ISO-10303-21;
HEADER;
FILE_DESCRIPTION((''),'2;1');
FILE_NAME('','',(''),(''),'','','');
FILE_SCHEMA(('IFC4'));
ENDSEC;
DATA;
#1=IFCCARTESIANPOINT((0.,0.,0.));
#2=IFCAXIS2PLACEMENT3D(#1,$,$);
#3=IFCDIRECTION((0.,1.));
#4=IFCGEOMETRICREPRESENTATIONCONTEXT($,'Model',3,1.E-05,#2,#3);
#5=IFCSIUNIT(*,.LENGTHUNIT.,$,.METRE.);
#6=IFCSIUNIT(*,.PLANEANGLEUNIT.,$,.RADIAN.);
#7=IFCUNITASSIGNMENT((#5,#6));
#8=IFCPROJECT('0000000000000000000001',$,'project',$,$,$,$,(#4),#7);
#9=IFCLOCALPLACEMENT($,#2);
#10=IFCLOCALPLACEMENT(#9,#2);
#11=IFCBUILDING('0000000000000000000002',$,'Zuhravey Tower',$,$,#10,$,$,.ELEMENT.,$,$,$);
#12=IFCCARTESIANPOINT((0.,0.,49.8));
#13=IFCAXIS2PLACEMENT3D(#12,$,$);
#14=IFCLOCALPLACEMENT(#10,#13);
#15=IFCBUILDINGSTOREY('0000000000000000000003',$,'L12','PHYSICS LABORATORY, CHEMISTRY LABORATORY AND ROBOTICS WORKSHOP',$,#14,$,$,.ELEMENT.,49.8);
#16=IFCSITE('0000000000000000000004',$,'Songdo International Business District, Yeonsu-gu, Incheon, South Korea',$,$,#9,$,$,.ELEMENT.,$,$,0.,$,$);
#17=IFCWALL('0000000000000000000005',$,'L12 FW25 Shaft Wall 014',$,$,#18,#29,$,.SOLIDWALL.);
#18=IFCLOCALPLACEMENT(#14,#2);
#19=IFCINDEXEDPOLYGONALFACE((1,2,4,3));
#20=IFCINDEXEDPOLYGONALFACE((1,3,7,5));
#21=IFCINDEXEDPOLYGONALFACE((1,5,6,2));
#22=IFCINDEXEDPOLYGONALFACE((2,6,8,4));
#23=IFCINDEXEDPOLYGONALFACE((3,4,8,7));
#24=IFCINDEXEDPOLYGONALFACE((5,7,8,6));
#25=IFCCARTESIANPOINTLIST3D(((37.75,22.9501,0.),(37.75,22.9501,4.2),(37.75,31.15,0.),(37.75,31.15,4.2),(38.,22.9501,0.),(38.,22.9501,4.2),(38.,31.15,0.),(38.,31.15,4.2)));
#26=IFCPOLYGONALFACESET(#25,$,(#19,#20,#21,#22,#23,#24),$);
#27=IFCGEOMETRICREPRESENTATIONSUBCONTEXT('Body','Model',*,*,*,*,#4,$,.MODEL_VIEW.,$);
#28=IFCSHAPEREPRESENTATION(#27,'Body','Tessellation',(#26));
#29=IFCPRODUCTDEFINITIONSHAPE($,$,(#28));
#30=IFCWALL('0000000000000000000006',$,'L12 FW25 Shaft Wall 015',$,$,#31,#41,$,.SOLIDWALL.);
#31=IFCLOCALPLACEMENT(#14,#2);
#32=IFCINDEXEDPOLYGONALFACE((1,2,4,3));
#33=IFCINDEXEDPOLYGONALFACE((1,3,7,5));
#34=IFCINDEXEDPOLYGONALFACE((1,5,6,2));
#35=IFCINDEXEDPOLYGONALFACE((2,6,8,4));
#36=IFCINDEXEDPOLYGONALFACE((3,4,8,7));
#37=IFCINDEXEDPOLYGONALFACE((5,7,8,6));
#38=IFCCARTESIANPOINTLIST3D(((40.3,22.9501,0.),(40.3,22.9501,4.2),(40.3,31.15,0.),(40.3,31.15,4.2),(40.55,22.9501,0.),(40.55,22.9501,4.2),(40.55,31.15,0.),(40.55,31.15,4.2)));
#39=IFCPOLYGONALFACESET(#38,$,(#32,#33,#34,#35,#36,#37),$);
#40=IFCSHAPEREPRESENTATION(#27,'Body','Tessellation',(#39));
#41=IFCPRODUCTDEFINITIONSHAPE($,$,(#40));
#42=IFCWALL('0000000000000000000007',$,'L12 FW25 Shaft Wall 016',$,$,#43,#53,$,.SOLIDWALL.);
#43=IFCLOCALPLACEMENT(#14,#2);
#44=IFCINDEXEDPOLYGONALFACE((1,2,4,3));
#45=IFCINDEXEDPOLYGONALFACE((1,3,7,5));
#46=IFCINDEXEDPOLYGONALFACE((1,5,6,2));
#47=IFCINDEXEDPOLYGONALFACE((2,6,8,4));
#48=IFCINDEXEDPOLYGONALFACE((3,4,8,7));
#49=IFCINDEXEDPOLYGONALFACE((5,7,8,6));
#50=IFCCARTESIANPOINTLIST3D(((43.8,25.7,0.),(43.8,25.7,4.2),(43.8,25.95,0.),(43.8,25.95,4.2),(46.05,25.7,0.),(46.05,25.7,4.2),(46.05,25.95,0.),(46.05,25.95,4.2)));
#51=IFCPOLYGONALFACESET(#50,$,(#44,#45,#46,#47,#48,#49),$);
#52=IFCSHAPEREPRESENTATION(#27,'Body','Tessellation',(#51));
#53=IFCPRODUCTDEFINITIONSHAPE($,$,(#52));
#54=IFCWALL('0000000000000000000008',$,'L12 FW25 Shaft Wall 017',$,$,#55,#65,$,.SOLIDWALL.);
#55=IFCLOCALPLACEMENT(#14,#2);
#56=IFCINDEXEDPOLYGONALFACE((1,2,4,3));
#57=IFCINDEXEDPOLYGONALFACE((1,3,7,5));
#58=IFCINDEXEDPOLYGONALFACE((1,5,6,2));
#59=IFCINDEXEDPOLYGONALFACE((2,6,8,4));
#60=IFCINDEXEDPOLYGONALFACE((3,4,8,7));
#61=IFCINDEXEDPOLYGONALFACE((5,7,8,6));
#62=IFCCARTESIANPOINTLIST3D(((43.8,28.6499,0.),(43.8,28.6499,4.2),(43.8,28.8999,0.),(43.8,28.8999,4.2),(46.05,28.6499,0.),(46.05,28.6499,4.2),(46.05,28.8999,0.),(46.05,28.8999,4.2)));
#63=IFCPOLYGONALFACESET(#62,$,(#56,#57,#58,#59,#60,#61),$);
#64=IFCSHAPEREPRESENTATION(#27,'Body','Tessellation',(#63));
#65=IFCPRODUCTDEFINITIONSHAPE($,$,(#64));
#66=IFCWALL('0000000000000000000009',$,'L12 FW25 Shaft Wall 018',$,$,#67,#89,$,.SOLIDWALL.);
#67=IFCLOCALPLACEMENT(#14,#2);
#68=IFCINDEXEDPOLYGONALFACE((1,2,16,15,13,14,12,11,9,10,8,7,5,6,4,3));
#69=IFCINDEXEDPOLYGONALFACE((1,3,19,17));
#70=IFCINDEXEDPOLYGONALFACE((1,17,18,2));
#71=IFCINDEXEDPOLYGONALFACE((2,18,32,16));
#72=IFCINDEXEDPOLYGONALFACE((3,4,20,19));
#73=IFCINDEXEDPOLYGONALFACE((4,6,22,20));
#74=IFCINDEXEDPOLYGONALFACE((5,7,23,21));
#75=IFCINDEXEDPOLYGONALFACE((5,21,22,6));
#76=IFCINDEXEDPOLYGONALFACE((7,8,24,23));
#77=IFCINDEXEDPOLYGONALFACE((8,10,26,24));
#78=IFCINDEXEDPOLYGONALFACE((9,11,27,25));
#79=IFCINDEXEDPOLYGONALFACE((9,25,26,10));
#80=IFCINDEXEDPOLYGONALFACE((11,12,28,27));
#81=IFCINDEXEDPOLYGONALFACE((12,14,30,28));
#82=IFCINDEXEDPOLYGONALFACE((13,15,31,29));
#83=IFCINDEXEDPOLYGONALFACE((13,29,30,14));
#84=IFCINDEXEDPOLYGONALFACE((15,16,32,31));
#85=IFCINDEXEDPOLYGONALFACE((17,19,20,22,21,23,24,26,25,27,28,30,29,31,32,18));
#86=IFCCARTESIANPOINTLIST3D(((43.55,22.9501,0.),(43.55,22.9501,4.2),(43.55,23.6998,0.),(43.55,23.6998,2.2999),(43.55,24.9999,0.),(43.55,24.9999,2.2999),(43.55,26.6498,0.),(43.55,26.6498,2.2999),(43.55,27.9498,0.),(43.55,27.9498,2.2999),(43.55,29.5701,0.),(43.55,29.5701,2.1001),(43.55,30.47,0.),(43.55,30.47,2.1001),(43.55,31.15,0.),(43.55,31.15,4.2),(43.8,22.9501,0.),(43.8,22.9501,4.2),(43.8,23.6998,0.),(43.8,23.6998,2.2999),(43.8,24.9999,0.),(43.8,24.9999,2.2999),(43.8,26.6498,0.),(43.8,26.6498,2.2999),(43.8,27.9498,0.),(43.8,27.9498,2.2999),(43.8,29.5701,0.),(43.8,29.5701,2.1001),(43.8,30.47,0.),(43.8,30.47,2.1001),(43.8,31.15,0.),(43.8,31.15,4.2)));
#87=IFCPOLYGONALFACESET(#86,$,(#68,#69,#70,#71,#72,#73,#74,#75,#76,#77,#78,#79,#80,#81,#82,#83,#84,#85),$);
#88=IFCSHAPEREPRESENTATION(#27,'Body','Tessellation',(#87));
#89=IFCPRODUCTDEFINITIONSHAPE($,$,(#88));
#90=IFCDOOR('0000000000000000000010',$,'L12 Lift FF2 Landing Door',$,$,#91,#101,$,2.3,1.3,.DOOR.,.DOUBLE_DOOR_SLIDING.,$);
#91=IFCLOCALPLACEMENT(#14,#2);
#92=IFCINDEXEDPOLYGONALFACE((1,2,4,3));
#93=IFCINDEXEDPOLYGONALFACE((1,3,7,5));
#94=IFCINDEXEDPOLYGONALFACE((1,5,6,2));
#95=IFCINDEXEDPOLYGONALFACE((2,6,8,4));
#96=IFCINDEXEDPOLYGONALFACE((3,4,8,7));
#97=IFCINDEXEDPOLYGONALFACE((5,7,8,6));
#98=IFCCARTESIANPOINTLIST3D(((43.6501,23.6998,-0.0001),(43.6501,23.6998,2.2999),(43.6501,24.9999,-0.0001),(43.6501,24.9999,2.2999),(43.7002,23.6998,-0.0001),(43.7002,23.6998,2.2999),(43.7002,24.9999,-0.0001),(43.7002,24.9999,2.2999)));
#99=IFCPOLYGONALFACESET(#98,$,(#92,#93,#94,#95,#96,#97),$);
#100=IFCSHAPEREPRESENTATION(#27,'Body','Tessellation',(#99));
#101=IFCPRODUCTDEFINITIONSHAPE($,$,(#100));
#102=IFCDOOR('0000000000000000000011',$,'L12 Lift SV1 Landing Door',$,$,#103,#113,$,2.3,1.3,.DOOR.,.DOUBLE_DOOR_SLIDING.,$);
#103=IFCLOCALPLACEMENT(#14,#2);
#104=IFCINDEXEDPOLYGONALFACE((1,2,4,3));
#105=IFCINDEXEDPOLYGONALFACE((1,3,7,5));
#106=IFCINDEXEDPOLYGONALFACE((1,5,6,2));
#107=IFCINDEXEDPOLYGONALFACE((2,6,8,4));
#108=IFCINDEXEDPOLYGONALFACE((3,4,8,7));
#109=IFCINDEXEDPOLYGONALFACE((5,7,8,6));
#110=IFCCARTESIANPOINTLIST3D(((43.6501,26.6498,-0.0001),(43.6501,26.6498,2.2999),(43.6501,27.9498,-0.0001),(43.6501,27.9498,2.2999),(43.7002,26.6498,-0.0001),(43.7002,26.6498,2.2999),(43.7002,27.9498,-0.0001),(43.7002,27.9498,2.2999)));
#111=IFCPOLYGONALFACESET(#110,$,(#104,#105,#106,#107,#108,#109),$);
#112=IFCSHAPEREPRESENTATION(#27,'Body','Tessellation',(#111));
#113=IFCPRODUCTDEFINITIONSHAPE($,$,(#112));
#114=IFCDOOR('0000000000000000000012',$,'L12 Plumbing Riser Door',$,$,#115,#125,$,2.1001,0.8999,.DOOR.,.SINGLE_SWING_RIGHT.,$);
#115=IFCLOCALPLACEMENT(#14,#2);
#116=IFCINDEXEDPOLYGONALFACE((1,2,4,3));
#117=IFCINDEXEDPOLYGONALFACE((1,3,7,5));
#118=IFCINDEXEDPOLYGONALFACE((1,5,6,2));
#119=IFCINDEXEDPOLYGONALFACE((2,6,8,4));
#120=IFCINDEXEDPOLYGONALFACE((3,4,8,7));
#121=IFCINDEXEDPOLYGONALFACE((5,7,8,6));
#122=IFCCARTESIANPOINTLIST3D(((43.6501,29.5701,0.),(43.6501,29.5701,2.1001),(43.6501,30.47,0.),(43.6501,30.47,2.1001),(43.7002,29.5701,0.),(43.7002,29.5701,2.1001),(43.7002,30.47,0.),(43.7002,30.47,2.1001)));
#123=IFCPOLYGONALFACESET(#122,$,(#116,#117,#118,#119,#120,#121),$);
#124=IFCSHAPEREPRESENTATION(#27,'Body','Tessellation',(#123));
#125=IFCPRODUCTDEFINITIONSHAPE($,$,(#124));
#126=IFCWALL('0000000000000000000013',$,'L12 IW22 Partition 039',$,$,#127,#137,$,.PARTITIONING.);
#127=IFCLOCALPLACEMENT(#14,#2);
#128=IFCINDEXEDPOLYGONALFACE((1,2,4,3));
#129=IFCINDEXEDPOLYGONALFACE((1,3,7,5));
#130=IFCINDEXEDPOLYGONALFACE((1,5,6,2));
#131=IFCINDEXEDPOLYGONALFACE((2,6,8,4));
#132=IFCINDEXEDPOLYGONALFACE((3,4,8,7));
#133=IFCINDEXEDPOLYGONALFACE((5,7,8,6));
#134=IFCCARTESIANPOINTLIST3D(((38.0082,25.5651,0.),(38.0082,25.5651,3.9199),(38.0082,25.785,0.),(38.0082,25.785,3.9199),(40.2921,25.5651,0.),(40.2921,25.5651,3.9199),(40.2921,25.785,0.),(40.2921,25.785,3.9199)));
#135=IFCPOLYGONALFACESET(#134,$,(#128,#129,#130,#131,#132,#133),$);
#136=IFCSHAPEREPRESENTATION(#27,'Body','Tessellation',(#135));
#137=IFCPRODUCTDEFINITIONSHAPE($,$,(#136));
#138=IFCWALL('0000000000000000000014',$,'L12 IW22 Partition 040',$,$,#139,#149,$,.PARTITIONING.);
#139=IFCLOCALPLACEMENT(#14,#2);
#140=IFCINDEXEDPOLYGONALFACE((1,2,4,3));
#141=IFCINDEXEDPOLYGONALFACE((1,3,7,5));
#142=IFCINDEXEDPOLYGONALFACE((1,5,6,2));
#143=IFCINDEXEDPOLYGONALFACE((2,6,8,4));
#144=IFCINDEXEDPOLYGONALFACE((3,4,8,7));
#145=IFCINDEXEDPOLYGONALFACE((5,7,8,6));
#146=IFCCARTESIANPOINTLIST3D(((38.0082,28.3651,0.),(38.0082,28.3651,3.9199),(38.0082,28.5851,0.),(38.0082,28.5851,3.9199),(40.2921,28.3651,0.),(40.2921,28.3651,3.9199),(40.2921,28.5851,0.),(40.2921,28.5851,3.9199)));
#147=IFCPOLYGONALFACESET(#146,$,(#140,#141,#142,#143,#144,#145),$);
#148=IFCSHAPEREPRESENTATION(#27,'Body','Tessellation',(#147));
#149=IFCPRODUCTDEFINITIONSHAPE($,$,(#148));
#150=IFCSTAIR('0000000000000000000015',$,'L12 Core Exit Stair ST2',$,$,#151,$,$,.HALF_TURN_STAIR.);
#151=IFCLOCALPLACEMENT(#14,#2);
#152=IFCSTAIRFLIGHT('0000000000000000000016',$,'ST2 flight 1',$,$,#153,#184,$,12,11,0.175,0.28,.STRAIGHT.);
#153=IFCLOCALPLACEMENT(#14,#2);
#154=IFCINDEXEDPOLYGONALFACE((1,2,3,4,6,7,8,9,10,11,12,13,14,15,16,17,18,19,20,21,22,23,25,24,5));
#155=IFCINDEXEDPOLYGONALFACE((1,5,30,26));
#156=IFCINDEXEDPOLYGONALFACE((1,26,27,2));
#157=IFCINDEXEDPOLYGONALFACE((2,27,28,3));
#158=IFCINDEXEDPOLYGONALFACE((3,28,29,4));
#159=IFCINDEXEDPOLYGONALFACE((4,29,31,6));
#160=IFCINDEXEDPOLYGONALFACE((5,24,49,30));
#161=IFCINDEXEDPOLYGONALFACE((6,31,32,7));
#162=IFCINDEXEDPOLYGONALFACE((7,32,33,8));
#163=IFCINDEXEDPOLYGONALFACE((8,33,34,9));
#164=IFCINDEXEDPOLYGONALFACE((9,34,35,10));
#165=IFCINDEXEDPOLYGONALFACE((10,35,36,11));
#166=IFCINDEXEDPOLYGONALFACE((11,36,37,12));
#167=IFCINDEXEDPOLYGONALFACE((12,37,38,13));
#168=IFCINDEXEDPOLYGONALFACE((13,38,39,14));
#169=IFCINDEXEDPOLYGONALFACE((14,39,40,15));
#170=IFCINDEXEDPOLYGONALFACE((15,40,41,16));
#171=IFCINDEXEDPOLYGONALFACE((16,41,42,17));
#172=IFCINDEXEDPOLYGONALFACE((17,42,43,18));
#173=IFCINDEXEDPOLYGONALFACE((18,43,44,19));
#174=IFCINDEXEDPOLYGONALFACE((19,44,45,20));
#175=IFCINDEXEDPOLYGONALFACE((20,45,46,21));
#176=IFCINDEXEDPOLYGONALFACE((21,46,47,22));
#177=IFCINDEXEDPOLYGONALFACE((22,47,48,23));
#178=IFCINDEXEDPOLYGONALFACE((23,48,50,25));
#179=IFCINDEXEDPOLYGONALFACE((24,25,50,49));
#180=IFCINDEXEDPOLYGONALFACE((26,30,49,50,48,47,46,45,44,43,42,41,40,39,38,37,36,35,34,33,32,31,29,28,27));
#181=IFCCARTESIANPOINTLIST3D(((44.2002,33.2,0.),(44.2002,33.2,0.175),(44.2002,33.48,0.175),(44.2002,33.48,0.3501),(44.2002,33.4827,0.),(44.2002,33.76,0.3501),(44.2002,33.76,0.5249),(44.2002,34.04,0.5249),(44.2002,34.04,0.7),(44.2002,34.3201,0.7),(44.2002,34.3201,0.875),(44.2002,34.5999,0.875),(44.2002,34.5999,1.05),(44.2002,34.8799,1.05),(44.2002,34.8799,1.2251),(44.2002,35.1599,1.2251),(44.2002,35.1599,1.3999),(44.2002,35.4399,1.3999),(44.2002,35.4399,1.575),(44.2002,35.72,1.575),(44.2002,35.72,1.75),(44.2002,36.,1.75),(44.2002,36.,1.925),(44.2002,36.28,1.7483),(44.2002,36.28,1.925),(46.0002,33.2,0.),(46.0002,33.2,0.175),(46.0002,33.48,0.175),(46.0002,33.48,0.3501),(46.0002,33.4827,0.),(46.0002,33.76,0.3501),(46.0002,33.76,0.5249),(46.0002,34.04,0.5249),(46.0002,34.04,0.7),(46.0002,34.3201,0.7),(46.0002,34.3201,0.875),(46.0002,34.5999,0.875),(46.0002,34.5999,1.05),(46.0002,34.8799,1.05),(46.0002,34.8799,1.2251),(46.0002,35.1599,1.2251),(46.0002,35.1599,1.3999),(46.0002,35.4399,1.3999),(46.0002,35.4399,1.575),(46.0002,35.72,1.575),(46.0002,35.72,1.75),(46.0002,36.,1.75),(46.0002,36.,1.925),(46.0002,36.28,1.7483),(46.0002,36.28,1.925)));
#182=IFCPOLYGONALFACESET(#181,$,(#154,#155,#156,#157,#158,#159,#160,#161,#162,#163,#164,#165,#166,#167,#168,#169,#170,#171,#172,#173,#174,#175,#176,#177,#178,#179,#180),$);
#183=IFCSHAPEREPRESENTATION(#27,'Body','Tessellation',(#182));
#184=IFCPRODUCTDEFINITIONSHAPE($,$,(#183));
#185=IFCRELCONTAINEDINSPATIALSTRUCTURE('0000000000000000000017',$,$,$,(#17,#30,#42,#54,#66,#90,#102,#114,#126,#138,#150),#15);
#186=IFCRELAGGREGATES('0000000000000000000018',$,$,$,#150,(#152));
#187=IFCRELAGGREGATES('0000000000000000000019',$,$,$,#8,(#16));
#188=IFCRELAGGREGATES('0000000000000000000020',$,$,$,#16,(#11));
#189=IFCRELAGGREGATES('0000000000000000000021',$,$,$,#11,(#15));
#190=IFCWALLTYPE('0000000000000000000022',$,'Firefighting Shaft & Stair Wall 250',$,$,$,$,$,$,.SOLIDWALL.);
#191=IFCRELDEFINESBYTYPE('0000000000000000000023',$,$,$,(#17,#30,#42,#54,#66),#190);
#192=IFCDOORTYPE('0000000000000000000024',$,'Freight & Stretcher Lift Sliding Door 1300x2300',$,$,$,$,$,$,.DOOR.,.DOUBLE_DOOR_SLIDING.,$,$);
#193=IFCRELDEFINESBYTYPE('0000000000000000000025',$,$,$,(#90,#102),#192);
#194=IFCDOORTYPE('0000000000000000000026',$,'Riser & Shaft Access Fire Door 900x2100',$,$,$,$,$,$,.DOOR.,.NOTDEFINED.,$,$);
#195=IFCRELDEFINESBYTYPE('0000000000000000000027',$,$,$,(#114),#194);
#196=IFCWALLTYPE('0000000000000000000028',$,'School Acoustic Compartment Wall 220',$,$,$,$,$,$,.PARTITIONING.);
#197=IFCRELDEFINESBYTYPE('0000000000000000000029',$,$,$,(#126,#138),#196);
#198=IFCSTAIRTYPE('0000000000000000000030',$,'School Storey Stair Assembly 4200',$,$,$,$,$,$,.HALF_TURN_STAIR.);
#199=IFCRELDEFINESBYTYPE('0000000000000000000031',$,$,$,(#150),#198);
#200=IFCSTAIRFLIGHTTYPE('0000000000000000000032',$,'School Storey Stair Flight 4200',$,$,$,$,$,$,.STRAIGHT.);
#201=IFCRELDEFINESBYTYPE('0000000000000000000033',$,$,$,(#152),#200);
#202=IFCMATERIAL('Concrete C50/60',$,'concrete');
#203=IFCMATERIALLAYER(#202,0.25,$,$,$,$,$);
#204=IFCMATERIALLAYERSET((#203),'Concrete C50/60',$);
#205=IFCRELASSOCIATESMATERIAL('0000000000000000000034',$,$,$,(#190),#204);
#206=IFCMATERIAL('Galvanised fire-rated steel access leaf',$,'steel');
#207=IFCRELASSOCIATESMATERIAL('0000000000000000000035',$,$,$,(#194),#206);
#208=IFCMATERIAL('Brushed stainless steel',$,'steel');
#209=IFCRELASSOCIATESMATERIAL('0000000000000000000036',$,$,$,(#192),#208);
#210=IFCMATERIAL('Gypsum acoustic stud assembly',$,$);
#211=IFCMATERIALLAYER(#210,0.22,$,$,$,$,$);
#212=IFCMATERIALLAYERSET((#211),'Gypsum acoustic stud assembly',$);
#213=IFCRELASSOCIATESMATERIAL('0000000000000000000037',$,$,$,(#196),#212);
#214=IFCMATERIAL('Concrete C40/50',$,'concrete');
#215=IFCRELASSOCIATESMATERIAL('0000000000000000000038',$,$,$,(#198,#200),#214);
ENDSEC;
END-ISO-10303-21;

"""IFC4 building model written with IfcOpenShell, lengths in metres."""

from ifc_helpers import new_model, si_unit, direction, frame, frame_2d, origin, place, context, subcontext, project, spatial, polyline, rectangle, outline, extrude, material, layer, layer_set, type_object, element, fill, aggregate, save


model = new_model("IFC4")

# Units and contexts
model_context = context("Model", 3, precision=1e-05, world=origin(), true_north=direction((0.0, 1.0)))
body_context = subcontext(model_context, "Body", "Model", "MODEL_VIEW")
ifc_project = project(units=[si_unit("LENGTHUNIT", "METRE"), si_unit("PLANEANGLEUNIT", "RADIAN")], contexts=[model_context])

# Site, building, storey
site_placement = place(None, origin())
site = spatial("IfcSite", under=ifc_project, at=site_placement, Name="Songdo International Business District, Yeonsu-gu, Incheon, South Korea", CompositionType="ELEMENT", RefElevation=0.0)
building_placement = place(site_placement, origin())
building = spatial("IfcBuilding", under=site, at=building_placement, Name="Zuhravey Tower", CompositionType="ELEMENT")
storey_placement = place(building_placement, frame((0.0, 0.0, 49.8)))
storey = spatial("IfcBuildingStorey", under=building, at=storey_placement, Name="L12", Description="PHYSICS LABORATORY, CHEMISTRY LABORATORY AND ROBOTICS WORKSHOP", CompositionType="ELEMENT", Elevation=49.8)

# Shared definitions
ifc_material_1 = material(Name="Concrete C50/60", Category="concrete")
ifc_layer_1 = layer(ifc_material_1, 0.25)
ifc_layer_set_1 = layer_set([ifc_layer_1], Name="Concrete C50/60")
wall_type_1 = type_object("IfcWallType", Name="Firefighting Shaft & Stair Wall 250", PredefinedType="SOLIDWALL", material=ifc_layer_set_1)

# Shared definitions
ifc_material_2 = material(Name="Galvanised fire-rated steel access leaf", Category="steel")
door_type_1 = type_object("IfcDoorType", Name="Riser & Shaft Access Fire Door 900x2100", OperationType="NOTDEFINED", PredefinedType="DOOR", material=ifc_material_2)

# Walls
for number, where, z_axis, x_axis, name in (
    (1, (37.875, 22.95, 0.0), (0.0, 0.0, 1.0), (0.0, 1.0, 0.0), "L12 FW25 Shaft Wall 014"),
    (2, (40.425, 22.95, 0.0), (0.0, 0.0, 1.0), (0.0, 1.0, 0.0), "L12 FW25 Shaft Wall 015"),
):
    element("IfcWall", number, at=place(storey_placement, frame(where, z_axis=z_axis, x_axis=x_axis)), inside=storey, type_object=wall_type_1, Name=name, PredefinedType="SOLIDWALL", context=body_context, shape_type="SweptSolid", body=[
        extrude(rectangle(XDim=8.2, YDim=0.25, at=frame_2d((4.1001, 0.0))), origin(), (0.0, 0.0, 1.0), 4.2),
    ])
for number, where, z_axis, x_axis, name in (
    (3, (43.8, 25.825, 0.0), (0.0, 0.0, 1.0), (1.0, 0.0, 0.0), "L12 FW25 Shaft Wall 016"),
    (4, (43.8, 28.7749, 0.0), (0.0, 0.0, 1.0), (1.0, 0.0, 0.0), "L12 FW25 Shaft Wall 017"),
):
    element("IfcWall", number, at=place(storey_placement, frame(where, z_axis=z_axis, x_axis=x_axis)), inside=storey, type_object=wall_type_1, Name=name, PredefinedType="SOLIDWALL", context=body_context, shape_type="SweptSolid", body=[
        extrude(rectangle(XDim=2.25, YDim=0.25, at=frame_2d((1.125, 0.0))), origin(), (0.0, 0.0, 1.0), 4.2),
    ])

# Wall, openings, doors
wall_1_placement = place(storey_placement, frame((43.675, 22.95, 0.0), z_axis=(0.0, 0.0, 1.0), x_axis=(0.0, 1.0, 0.0)))
wall_1 = element("IfcWall", 5, at=wall_1_placement, inside=storey, type_object=wall_type_1, Name="L12 FW25 Shaft Wall 018", PredefinedType="SOLIDWALL", context=body_context, shape_type="SweptSolid", body=[
    extrude(rectangle(XDim=8.2, YDim=0.25, at=frame_2d((4.1001, 0.0))), origin(), (0.0, 0.0, 1.0), 4.2),
])
opening_1_placement = place(wall_1_placement, frame((0.75, 0.0, 0.0)))
opening_1 = element("IfcOpeningElement", 6, at=opening_1_placement, cuts=wall_1, PredefinedType="OPENING", context=body_context, shape_type="SweptSolid", body=[
    extrude(rectangle(XDim=1.3, YDim=2.3, at=frame_2d((0.6499, 1.1499))), frame((0.0, 0.137, 0.0), z_axis=(0.0, -1.0, 0.0), x_axis=(1.0, 0.0, 0.0)), (0.0, 0.0, 1.0), 0.2739),
])
opening_2_placement = place(wall_1_placement, frame((3.7, 0.0, 0.0)))
opening_2 = element("IfcOpeningElement", 7, at=opening_2_placement, cuts=wall_1, PredefinedType="OPENING", context=body_context, shape_type="SweptSolid", body=[
    extrude(rectangle(XDim=1.3, YDim=2.3, at=frame_2d((0.6499, 1.1499))), frame((0.0, 0.137, 0.0), z_axis=(0.0, -1.0, 0.0), x_axis=(1.0, 0.0, 0.0)), (0.0, 0.0, 1.0), 0.2739),
])
opening_3_placement = place(wall_1_placement, frame((6.6201, 0.0, 0.0)))
opening_3 = element("IfcOpeningElement", 8, at=opening_3_placement, cuts=wall_1, PredefinedType="OPENING", context=body_context, shape_type="SweptSolid", body=[
    extrude(rectangle(XDim=0.8999, YDim=2.1001, at=frame_2d((0.45, 1.05))), frame((0.0, 0.137, 0.0), z_axis=(0.0, -1.0, 0.0), x_axis=(1.0, 0.0, 0.0)), (0.0, 0.0, 1.0), 0.2739),
])
ifc_material_3 = material(Name="Brushed stainless steel", Category="steel")
door_type_2 = type_object("IfcDoorType", Name="Freight & Stretcher Lift Sliding Door 1300x2300", OperationType="DOUBLE_DOOR_SLIDING", PredefinedType="DOOR", material=ifc_material_3)
door_1_placement = place(opening_1_placement, origin())
door_1 = element("IfcDoor", 9, at=door_1_placement, inside=storey, type_object=door_type_2, Name="L12 Lift FF2 Landing Door", OperationType="DOUBLE_DOOR_SLIDING", OverallHeight=2.3, OverallWidth=1.3, PredefinedType="DOOR", context=body_context, shape_type="SweptSolid", body=[
    extrude(rectangle(XDim=1.3, YDim=2.3, at=frame_2d((0.6499, 1.1499))), frame((0.0, 0.0249, 0.0), z_axis=(0.0, -1.0, 0.0), x_axis=(1.0, 0.0, 0.0)), (0.0, 0.0, 1.0), 0.05),
])
fill(opening_1, door_1)
door_2_placement = place(opening_2_placement, origin())
door_2 = element("IfcDoor", 10, at=door_2_placement, inside=storey, type_object=door_type_2, Name="L12 Lift SV1 Landing Door", OperationType="DOUBLE_DOOR_SLIDING", OverallHeight=2.3, OverallWidth=1.3, PredefinedType="DOOR", context=body_context, shape_type="SweptSolid", body=[
    extrude(rectangle(XDim=1.3, YDim=2.3, at=frame_2d((0.6499, 1.1499))), frame((0.0, 0.0249, 0.0), z_axis=(0.0, -1.0, 0.0), x_axis=(1.0, 0.0, 0.0)), (0.0, 0.0, 1.0), 0.05),
])
fill(opening_2, door_2)
door_3_placement = place(opening_3_placement, origin())
door_3 = element("IfcDoor", 11, at=door_3_placement, inside=storey, type_object=door_type_1, Name="L12 Plumbing Riser Door", OperationType="SINGLE_SWING_RIGHT", OverallHeight=2.1001, OverallWidth=0.8999, PredefinedType="DOOR", context=body_context, shape_type="SweptSolid", body=[
    extrude(rectangle(XDim=0.8999, YDim=2.1001, at=frame_2d((0.45, 1.05))), frame((0.0, 0.0249, 0.0), z_axis=(0.0, -1.0, 0.0), x_axis=(1.0, 0.0, 0.0)), (0.0, 0.0, 1.0), 0.05),
])
fill(opening_3, door_3)

# Walls
ifc_material_4 = material(Name="Gypsum acoustic stud assembly")
ifc_layer_2 = layer(ifc_material_4, 0.22)
ifc_layer_set_2 = layer_set([ifc_layer_2], Name="Gypsum acoustic stud assembly")
wall_type_2 = type_object("IfcWallType", Name="School Acoustic Compartment Wall 220", PredefinedType="PARTITIONING", material=ifc_layer_set_2)
for number, where, z_axis, x_axis, name in (
    (12, (38.0081, 25.675, 0.0), (0.0, 0.0, 1.0), (1.0, 0.0, 0.0), "L12 IW22 Partition 039"),
    (13, (38.0081, 28.4751, 0.0), (0.0, 0.0, 1.0), (1.0, 0.0, 0.0), "L12 IW22 Partition 040"),
):
    element("IfcWall", number, at=place(storey_placement, frame(where, z_axis=z_axis, x_axis=x_axis)), inside=storey, type_object=wall_type_2, Name=name, PredefinedType="PARTITIONING", context=body_context, shape_type="SweptSolid", body=[
        extrude(rectangle(XDim=2.2839, YDim=0.22, at=frame_2d((1.1421, 0.0))), origin(), (0.0, 0.0, 1.0), 3.9199),
    ])

# Stair, stair flight
ifc_material_5 = material(Name="Concrete C40/50", Category="concrete")
stair_type = type_object("IfcStairType", Name="School Storey Stair Assembly 4200", PredefinedType="HALF_TURN_STAIR", material=ifc_material_5)
stair_placement = place(storey_placement, origin())
stair = element("IfcStair", 14, at=stair_placement, inside=storey, type_object=stair_type, Name="L12 Core Exit Stair ST2", PredefinedType="HALF_TURN_STAIR")
stair_flight_type = type_object("IfcStairFlightType", Name="School Storey Stair Flight 4200", PredefinedType="STRAIGHT", material=ifc_material_5)
stair_flight_placement = place(storey_placement, frame((45.1001, 33.2, 0.0), z_axis=(0.0, 0.0, 1.0), x_axis=(0.0, 1.0, 0.0)))
stair_flight = element("IfcStairFlight", 15, at=stair_flight_placement, type_object=stair_flight_type, Name="ST2 flight 1", NumberOfRisers=12, NumberOfTreads=11, PredefinedType="STRAIGHT", RiserHeight=0.175, TreadLength=0.28, context=body_context, shape_type="SweptSolid", body=[
    extrude(outline(polyline([(0.0, 0.0), (0.0, 0.175), (0.28, 0.175), (0.28, 0.3501), (0.5601, 0.3501), (0.5601, 0.5249), (0.8401, 0.5249), (0.8401, 0.7), (1.1201, 0.7), (1.1201, 0.875), (1.3999, 0.875), (1.3999, 1.05), (1.6799, 1.05), (1.6799, 1.2251), (1.96, 1.2251), (1.96, 1.3999), (2.24, 1.3999), (2.24, 1.575), (2.52, 1.575), (2.52, 1.75), (2.8, 1.75), (2.8, 1.925), (3.0801, 1.925), (3.0801, 2.1001), (3.0801, 1.7483), (0.2827, 0.0), (0.0, 0.0)])), frame((0.0, 0.8999, 0.0), z_axis=(0.0, -1.0, 0.0), x_axis=(1.0, 0.0, 0.0)), (0.0, 0.0, 1.0), 1.8),
])
aggregate(stair, [stair_flight])

save(model, "model.ifc")
